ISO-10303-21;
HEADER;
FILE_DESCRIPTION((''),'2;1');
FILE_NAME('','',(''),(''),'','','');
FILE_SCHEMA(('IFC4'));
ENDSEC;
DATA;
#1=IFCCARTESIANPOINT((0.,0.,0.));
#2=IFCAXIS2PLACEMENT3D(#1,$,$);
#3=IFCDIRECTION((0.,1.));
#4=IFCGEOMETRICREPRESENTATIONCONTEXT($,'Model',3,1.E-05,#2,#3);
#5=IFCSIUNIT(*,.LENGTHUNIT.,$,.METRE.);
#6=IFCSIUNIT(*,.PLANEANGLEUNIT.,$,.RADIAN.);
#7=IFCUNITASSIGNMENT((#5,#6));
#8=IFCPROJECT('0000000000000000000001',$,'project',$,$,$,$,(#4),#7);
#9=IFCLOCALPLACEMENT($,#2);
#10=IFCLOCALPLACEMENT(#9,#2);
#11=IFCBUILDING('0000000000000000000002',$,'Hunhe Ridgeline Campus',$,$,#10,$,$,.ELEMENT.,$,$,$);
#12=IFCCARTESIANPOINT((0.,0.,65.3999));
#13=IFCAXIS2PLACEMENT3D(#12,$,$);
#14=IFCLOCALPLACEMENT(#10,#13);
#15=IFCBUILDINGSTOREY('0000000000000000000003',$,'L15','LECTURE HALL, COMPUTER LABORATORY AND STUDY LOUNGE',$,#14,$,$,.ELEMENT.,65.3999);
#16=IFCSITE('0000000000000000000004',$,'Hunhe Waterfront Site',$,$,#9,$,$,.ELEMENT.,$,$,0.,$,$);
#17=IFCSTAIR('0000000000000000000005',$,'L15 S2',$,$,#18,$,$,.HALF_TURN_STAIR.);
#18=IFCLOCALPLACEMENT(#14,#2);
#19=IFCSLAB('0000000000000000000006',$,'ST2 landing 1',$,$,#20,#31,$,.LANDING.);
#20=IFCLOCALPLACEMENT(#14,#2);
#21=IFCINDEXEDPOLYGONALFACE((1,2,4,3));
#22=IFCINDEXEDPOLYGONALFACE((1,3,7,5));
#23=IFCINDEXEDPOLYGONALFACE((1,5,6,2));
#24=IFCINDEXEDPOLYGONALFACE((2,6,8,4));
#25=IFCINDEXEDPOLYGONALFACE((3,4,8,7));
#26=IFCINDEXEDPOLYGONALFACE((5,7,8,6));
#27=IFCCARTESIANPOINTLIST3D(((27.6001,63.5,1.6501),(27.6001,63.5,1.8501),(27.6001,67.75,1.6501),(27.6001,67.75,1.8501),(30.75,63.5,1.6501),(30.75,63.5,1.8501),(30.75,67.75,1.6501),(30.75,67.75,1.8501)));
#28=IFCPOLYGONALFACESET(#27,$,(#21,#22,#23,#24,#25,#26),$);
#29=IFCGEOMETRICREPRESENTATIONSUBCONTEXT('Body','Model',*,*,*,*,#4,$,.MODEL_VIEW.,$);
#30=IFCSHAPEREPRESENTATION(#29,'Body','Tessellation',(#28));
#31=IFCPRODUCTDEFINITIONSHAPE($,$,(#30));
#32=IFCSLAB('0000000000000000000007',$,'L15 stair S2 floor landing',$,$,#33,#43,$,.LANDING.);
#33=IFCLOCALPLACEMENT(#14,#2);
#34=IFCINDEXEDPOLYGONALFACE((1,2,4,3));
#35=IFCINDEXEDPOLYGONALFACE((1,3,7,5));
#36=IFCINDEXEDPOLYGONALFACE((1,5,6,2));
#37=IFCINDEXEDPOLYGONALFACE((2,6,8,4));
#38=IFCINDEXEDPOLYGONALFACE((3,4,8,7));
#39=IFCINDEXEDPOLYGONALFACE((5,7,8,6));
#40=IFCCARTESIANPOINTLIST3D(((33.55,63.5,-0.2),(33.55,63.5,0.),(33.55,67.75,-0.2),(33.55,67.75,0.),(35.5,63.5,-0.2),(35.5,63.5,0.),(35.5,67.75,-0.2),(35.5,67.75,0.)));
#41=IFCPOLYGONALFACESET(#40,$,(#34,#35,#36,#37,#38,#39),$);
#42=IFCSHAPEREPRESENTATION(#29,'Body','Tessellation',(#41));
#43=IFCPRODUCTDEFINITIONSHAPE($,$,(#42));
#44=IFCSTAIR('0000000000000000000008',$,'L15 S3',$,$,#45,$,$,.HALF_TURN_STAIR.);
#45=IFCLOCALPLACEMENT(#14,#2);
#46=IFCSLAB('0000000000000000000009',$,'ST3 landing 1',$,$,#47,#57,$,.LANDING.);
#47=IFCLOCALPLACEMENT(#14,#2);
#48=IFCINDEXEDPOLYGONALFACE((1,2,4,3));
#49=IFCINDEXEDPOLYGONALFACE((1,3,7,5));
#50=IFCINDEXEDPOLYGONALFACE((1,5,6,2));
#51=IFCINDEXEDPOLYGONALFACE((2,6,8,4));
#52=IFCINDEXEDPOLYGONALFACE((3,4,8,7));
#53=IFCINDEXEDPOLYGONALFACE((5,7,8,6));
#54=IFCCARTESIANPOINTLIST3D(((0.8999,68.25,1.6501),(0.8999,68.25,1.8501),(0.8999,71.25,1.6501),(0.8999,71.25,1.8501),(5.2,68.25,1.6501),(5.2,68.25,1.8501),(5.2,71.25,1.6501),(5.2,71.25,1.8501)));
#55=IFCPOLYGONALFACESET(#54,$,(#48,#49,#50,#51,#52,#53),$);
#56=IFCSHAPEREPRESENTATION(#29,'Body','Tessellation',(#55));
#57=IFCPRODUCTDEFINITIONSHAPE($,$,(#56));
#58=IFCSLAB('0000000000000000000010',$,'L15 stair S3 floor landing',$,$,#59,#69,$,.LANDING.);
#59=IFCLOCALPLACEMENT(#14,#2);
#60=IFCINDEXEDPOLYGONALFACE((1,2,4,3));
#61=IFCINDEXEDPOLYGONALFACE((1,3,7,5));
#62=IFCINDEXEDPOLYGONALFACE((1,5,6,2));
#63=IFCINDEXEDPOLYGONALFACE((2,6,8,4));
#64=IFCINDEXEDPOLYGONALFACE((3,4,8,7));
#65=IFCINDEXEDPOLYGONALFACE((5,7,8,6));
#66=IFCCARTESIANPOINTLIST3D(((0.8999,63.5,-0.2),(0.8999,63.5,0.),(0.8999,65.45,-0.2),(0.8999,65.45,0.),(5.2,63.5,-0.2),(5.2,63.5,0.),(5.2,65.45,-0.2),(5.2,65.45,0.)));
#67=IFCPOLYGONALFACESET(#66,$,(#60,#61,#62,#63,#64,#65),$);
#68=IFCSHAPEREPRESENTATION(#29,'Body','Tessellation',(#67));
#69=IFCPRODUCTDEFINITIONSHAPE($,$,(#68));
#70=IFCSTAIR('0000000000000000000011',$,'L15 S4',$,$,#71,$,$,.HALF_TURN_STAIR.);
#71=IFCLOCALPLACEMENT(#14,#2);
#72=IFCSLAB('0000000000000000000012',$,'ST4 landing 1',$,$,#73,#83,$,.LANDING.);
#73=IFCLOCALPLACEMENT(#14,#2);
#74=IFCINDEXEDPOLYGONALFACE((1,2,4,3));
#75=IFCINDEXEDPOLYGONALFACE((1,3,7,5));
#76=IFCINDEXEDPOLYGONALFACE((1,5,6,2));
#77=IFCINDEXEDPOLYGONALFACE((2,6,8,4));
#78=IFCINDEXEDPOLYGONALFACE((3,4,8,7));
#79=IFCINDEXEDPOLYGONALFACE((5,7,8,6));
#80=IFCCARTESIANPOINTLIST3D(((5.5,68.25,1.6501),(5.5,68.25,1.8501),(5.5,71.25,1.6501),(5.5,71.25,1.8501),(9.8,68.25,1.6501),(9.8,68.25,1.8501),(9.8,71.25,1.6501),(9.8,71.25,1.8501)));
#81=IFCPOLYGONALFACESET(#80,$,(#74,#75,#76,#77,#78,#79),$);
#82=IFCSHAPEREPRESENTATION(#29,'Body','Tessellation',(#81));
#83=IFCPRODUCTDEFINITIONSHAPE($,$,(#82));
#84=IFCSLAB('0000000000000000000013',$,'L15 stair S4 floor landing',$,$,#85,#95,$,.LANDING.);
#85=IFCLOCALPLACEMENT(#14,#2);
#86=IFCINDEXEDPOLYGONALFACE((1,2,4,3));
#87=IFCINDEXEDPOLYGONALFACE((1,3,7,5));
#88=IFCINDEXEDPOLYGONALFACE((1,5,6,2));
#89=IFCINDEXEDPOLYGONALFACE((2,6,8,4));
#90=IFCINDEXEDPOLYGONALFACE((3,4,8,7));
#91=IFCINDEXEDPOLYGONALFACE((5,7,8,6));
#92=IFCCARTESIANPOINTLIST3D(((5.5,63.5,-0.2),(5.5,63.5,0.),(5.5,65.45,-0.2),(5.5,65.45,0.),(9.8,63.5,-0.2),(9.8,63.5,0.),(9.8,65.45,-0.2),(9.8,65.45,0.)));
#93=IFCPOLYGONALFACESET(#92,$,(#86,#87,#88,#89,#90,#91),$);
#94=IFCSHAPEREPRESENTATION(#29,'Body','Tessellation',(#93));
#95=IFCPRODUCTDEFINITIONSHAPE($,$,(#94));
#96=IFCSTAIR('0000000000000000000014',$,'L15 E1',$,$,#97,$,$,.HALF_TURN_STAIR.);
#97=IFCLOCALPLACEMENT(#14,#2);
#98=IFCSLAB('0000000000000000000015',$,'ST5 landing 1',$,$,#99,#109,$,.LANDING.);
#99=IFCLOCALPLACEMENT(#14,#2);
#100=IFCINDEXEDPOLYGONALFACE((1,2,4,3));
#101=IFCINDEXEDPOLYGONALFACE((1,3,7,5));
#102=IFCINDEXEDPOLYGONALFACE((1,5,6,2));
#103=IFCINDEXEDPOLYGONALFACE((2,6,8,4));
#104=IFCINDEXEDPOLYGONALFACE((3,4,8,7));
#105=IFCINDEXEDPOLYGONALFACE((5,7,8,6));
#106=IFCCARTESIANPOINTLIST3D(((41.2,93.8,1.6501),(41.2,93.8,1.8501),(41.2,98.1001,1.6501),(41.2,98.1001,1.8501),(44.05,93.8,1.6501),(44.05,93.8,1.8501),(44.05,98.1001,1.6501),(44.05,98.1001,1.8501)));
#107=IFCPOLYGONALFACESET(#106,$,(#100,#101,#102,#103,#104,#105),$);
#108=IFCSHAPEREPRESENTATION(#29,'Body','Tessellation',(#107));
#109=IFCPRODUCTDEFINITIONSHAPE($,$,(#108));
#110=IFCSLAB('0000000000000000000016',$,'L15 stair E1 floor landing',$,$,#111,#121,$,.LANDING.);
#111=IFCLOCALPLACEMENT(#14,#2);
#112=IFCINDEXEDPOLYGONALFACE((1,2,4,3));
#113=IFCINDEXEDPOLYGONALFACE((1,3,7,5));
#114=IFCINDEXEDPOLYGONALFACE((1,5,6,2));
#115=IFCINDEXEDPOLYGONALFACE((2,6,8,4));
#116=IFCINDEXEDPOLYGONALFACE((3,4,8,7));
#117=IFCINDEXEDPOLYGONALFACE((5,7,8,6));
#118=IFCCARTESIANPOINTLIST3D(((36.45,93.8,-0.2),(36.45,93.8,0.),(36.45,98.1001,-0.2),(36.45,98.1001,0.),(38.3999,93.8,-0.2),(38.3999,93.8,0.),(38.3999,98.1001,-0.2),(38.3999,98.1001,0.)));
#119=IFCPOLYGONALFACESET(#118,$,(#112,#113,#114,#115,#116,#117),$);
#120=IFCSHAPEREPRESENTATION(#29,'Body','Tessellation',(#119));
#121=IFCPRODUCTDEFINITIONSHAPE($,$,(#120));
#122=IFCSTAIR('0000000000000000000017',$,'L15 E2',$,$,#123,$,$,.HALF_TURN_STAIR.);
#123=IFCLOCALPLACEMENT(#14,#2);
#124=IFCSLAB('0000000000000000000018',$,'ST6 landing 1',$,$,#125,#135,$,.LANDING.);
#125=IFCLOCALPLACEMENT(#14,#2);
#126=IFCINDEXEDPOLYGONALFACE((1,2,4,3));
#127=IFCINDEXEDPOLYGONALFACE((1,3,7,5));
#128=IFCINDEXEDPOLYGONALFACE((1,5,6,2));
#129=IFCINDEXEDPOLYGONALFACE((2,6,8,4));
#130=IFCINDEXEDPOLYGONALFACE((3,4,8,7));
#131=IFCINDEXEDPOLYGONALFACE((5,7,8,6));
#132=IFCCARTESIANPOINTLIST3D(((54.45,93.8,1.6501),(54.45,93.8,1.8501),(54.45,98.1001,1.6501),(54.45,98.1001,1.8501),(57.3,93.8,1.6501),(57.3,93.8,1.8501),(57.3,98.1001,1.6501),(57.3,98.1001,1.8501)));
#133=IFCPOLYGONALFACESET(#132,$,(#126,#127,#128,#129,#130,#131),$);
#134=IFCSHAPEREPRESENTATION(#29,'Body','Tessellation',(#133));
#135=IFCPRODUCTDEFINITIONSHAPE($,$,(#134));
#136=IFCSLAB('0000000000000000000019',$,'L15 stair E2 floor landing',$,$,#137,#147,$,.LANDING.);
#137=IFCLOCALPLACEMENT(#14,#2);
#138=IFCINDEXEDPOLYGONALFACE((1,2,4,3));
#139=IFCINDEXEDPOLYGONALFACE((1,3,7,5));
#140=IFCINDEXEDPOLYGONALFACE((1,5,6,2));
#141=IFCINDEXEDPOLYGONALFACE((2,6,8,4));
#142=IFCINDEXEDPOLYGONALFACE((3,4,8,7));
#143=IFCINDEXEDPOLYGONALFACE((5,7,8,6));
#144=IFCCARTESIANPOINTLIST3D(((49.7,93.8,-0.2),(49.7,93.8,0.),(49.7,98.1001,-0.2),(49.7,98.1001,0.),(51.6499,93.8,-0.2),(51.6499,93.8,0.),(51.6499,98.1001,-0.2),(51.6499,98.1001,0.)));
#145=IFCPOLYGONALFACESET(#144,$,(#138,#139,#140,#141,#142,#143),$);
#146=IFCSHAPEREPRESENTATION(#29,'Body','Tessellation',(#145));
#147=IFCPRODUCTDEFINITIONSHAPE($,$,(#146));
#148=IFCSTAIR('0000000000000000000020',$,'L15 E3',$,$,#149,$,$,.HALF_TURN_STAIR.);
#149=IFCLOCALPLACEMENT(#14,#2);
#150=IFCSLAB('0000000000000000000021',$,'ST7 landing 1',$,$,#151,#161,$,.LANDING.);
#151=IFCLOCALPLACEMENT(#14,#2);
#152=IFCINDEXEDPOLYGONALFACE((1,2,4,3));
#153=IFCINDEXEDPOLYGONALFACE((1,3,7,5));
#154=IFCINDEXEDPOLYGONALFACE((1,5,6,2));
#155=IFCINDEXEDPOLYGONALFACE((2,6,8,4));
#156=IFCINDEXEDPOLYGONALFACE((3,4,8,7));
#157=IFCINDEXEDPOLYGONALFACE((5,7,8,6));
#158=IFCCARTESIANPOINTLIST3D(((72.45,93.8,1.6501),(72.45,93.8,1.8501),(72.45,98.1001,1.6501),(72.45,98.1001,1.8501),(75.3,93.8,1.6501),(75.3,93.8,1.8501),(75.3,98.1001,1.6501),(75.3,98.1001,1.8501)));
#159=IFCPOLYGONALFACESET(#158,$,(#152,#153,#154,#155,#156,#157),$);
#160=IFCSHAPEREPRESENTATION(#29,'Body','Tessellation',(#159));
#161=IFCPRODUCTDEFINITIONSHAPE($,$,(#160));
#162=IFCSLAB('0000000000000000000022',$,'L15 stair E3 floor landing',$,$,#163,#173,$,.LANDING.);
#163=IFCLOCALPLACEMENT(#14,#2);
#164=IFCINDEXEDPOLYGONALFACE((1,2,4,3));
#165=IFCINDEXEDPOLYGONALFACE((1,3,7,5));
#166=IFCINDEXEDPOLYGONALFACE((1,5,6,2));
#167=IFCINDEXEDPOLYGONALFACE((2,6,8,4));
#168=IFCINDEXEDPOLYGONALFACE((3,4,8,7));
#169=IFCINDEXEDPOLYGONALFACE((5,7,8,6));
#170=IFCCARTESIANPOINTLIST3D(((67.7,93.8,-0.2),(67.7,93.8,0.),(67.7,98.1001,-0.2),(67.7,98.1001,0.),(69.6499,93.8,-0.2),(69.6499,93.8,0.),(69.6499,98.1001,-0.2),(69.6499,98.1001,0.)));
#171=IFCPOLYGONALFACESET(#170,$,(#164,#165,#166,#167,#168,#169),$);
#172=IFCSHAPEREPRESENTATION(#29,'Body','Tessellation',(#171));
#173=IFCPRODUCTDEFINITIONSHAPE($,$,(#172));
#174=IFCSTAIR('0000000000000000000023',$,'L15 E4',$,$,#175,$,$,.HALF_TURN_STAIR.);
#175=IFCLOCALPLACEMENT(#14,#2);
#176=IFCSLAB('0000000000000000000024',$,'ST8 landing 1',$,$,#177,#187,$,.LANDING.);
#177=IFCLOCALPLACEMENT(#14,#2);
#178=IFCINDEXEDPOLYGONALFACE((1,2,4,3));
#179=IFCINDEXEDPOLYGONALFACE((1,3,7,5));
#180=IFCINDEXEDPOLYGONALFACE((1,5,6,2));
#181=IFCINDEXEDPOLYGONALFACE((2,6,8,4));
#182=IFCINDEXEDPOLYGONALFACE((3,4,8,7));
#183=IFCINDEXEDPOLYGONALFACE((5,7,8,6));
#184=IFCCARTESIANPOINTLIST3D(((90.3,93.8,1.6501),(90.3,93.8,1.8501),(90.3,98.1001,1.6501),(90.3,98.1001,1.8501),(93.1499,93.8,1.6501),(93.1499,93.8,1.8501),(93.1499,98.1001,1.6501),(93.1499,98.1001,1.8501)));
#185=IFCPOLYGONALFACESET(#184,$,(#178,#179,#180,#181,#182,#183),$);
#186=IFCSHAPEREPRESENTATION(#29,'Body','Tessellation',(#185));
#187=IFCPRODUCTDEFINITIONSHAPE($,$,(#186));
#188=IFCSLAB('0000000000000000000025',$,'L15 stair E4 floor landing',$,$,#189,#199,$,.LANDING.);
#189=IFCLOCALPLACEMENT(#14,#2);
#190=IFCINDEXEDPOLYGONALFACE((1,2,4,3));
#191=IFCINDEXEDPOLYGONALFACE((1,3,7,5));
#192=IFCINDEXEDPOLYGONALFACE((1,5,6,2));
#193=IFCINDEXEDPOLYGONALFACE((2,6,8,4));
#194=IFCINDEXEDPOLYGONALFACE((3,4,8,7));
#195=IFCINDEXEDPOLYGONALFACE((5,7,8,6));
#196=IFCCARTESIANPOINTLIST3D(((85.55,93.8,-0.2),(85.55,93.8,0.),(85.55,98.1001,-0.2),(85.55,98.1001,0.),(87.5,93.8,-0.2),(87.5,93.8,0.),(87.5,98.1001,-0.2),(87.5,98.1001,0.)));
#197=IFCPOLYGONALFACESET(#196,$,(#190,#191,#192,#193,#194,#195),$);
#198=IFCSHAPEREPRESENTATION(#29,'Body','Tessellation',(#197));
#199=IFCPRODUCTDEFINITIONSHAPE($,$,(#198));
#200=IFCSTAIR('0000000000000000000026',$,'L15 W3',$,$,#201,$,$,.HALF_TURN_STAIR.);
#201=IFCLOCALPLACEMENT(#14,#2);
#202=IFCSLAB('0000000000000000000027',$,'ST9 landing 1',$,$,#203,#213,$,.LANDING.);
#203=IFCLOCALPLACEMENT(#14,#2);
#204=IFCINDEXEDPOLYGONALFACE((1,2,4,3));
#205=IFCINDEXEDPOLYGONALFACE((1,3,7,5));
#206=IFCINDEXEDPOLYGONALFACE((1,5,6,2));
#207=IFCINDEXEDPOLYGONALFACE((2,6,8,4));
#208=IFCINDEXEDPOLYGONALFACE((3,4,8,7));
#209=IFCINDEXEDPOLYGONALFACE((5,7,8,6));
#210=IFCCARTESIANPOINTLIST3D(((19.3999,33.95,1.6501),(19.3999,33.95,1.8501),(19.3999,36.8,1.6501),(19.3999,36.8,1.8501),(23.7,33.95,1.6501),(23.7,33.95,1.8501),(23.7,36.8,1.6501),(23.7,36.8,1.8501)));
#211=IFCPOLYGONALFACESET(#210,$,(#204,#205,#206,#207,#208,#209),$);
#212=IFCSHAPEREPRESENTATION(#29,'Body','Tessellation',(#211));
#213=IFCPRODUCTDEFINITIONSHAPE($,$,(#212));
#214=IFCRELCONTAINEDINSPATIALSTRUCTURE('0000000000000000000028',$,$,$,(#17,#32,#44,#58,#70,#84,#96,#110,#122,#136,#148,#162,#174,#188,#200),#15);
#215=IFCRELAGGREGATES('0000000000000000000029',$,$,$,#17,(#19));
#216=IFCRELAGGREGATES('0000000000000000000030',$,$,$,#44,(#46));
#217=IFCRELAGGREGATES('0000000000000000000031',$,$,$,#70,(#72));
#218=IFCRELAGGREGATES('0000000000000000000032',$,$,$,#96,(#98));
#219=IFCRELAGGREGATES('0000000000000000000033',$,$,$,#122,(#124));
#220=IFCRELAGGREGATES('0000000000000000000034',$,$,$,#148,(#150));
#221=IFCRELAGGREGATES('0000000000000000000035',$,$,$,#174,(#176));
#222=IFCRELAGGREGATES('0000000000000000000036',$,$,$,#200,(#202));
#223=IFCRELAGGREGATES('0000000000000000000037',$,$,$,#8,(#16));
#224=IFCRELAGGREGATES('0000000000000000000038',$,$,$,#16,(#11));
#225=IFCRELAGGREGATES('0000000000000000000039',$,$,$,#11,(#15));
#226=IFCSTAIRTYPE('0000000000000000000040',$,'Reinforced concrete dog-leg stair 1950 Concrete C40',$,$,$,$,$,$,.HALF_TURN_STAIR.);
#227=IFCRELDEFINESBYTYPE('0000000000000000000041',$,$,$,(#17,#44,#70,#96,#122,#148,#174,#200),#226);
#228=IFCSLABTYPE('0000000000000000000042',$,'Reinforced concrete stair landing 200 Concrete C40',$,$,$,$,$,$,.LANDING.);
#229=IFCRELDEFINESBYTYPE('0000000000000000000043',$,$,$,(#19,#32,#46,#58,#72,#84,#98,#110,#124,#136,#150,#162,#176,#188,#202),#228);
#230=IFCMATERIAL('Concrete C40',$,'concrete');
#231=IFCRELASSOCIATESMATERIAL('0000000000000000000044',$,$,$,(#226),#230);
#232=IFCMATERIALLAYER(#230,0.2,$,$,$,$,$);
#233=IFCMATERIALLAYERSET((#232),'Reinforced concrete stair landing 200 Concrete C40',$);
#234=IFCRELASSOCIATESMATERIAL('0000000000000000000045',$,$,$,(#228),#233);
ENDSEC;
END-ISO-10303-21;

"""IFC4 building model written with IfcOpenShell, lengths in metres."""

from ifc_helpers import new_model, si_unit, direction, frame, origin, place, context, subcontext, project, spatial, polyline, outline, extrude, material, layer, layer_set, type_object, element, aggregate, save


model = new_model("IFC4")

# Units and contexts
model_context = context("Model", 3, precision=1e-05, world=origin(), true_north=direction((0.0, 1.0)))
body_context = subcontext(model_context, "Body", "Model", "MODEL_VIEW")
ifc_project = project(units=[si_unit("LENGTHUNIT", "METRE"), si_unit("PLANEANGLEUNIT", "RADIAN")], contexts=[model_context])

# Site, building, storey
site_placement = place(None, origin())
site = spatial("IfcSite", under=ifc_project, at=site_placement, Name="Hunhe Waterfront Site", CompositionType="ELEMENT", RefElevation=0.0)
building_placement = place(site_placement, origin())
building = spatial("IfcBuilding", under=site, at=building_placement, Name="Hunhe Ridgeline Campus", CompositionType="ELEMENT")
storey_placement = place(building_placement, frame((0.0, 0.0, 65.3999)))
storey = spatial("IfcBuildingStorey", under=building, at=storey_placement, Name="L15", Description="LECTURE HALL, COMPUTER LABORATORY AND STUDY LOUNGE", CompositionType="ELEMENT", Elevation=65.3999)

# Shared definitions
ifc_material_1 = material(Name="Concrete C40", Category="concrete")

# Shared definitions
stair_type = type_object("IfcStairType", Name="Reinforced concrete dog-leg stair 1950 Concrete C40", PredefinedType="HALF_TURN_STAIR", material=ifc_material_1)
ifc_layer_1 = layer(ifc_material_1, 0.2)
ifc_layer_set_1 = layer_set([ifc_layer_1], Name="Reinforced concrete stair landing 200 Concrete C40")
slab_type_1 = type_object("IfcSlabType", Name="Reinforced concrete stair landing 200 Concrete C40", PredefinedType="LANDING", material=ifc_layer_set_1)

# Stair, slab
stair_1_placement = place(storey_placement, origin())
stair_1 = element("IfcStair", 1, at=stair_1_placement, inside=storey, type_object=stair_type, Name="L15 S2", PredefinedType="HALF_TURN_STAIR")
slab_1_placement = place(storey_placement, frame((0.0, 0.0, 1.6501)))
slab_1 = element("IfcSlab", 2, at=slab_1_placement, type_object=slab_type_1, Name="ST2 landing 1", PredefinedType="LANDING", context=body_context, shape_type="SweptSolid", body=[
    extrude(outline(polyline([(30.75, 67.75), (27.6001, 67.75), (27.6001, 63.5), (30.75, 63.5), (30.75, 67.75)])), origin(), (0.0, 0.0, 1.0), 0.2),
])
aggregate(stair_1, [slab_1])

# Slab
slab_2_placement = place(storey_placement, frame((0.0, 0.0, -0.2)))
element("IfcSlab", 3, at=slab_2_placement, inside=storey, type_object=slab_type_1, Name="L15 stair S2 floor landing", PredefinedType="LANDING", context=body_context, shape_type="SweptSolid", body=[
    extrude(outline(polyline([(35.5, 67.75), (33.55, 67.75), (33.55, 63.5), (35.5, 63.5), (35.5, 67.75)])), origin(), (0.0, 0.0, 1.0), 0.2),
])

# Stair, slab
stair_2_placement = place(storey_placement, origin())
stair_2 = element("IfcStair", 4, at=stair_2_placement, inside=storey, type_object=stair_type, Name="L15 S3", PredefinedType="HALF_TURN_STAIR")
slab_3_placement = place(storey_placement, frame((0.0, 0.0, 1.6501)))
slab_3 = element("IfcSlab", 5, at=slab_3_placement, type_object=slab_type_1, Name="ST3 landing 1", PredefinedType="LANDING", context=body_context, shape_type="SweptSolid", body=[
    extrude(outline(polyline([(5.2, 68.25), (5.2, 71.25), (0.8999, 71.25), (0.8999, 68.25), (5.2, 68.25)])), origin(), (0.0, 0.0, 1.0), 0.2),
])
aggregate(stair_2, [slab_3])

# Slab
slab_4_placement = place(storey_placement, frame((0.0, 0.0, -0.2)))
element("IfcSlab", 6, at=slab_4_placement, inside=storey, type_object=slab_type_1, Name="L15 stair S3 floor landing", PredefinedType="LANDING", context=body_context, shape_type="SweptSolid", body=[
    extrude(outline(polyline([(5.2, 63.5), (5.2, 65.45), (0.8999, 65.45), (0.8999, 63.5), (5.2, 63.5)])), origin(), (0.0, 0.0, 1.0), 0.2),
])

# Stair, slab
stair_3_placement = place(storey_placement, origin())
stair_3 = element("IfcStair", 7, at=stair_3_placement, inside=storey, type_object=stair_type, Name="L15 S4", PredefinedType="HALF_TURN_STAIR")
slab_5_placement = place(storey_placement, frame((0.0, 0.0, 1.6501)))
slab_5 = element("IfcSlab", 8, at=slab_5_placement, type_object=slab_type_1, Name="ST4 landing 1", PredefinedType="LANDING", context=body_context, shape_type="SweptSolid", body=[
    extrude(outline(polyline([(9.8, 68.25), (9.8, 71.25), (5.5, 71.25), (5.5, 68.25), (9.8, 68.25)])), origin(), (0.0, 0.0, 1.0), 0.2),
])
aggregate(stair_3, [slab_5])

# Slab
slab_6_placement = place(storey_placement, frame((0.0, 0.0, -0.2)))
element("IfcSlab", 9, at=slab_6_placement, inside=storey, type_object=slab_type_1, Name="L15 stair S4 floor landing", PredefinedType="LANDING", context=body_context, shape_type="SweptSolid", body=[
    extrude(outline(polyline([(9.8, 63.5), (9.8, 65.45), (5.5, 65.45), (5.5, 63.5), (9.8, 63.5)])), origin(), (0.0, 0.0, 1.0), 0.2),
])

# Stair, slab
stair_4_placement = place(storey_placement, origin())
stair_4 = element("IfcStair", 10, at=stair_4_placement, inside=storey, type_object=stair_type, Name="L15 E1", PredefinedType="HALF_TURN_STAIR")
slab_7_placement = place(storey_placement, frame((0.0, 0.0, 1.6501)))
slab_7 = element("IfcSlab", 11, at=slab_7_placement, type_object=slab_type_1, Name="ST5 landing 1", PredefinedType="LANDING", context=body_context, shape_type="SweptSolid", body=[
    extrude(outline(polyline([(41.2, 93.8), (44.05, 93.8), (44.05, 98.1001), (41.2, 98.1001), (41.2, 93.8)])), origin(), (0.0, 0.0, 1.0), 0.2),
])
aggregate(stair_4, [slab_7])

# Slab
slab_8_placement = place(storey_placement, frame((0.0, 0.0, -0.2)))
element("IfcSlab", 12, at=slab_8_placement, inside=storey, type_object=slab_type_1, Name="L15 stair E1 floor landing", PredefinedType="LANDING", context=body_context, shape_type="SweptSolid", body=[
    extrude(outline(polyline([(36.45, 93.8), (38.3999, 93.8), (38.3999, 98.1001), (36.45, 98.1001), (36.45, 93.8)])), origin(), (0.0, 0.0, 1.0), 0.2),
])

# Stair, slab
stair_5_placement = place(storey_placement, origin())
stair_5 = element("IfcStair", 13, at=stair_5_placement, inside=storey, type_object=stair_type, Name="L15 E2", PredefinedType="HALF_TURN_STAIR")
slab_9_placement = place(storey_placement, frame((0.0, 0.0, 1.6501)))
slab_9 = element("IfcSlab", 14, at=slab_9_placement, type_object=slab_type_1, Name="ST6 landing 1", PredefinedType="LANDING", context=body_context, shape_type="SweptSolid", body=[
    extrude(outline(polyline([(54.45, 93.8), (57.3, 93.8), (57.3, 98.1001), (54.45, 98.1001), (54.45, 93.8)])), origin(), (0.0, 0.0, 1.0), 0.2),
])
aggregate(stair_5, [slab_9])

# Slab
slab_10_placement = place(storey_placement, frame((0.0, 0.0, -0.2)))
element("IfcSlab", 15, at=slab_10_placement, inside=storey, type_object=slab_type_1, Name="L15 stair E2 floor landing", PredefinedType="LANDING", context=body_context, shape_type="SweptSolid", body=[
    extrude(outline(polyline([(49.7, 93.8), (51.6499, 93.8), (51.6499, 98.1001), (49.7, 98.1001), (49.7, 93.8)])), origin(), (0.0, 0.0, 1.0), 0.2),
])

# Stair, slab
stair_6_placement = place(storey_placement, origin())
stair_6 = element("IfcStair", 16, at=stair_6_placement, inside=storey, type_object=stair_type, Name="L15 E3", PredefinedType="HALF_TURN_STAIR")
slab_11_placement = place(storey_placement, frame((0.0, 0.0, 1.6501)))
slab_11 = element("IfcSlab", 17, at=slab_11_placement, type_object=slab_type_1, Name="ST7 landing 1", PredefinedType="LANDING", context=body_context, shape_type="SweptSolid", body=[
    extrude(outline(polyline([(72.45, 93.8), (75.3, 93.8), (75.3, 98.1001), (72.45, 98.1001), (72.45, 93.8)])), origin(), (0.0, 0.0, 1.0), 0.2),
])
aggregate(stair_6, [slab_11])

# Slab
slab_12_placement = place(storey_placement, frame((0.0, 0.0, -0.2)))
element("IfcSlab", 18, at=slab_12_placement, inside=storey, type_object=slab_type_1, Name="L15 stair E3 floor landing", PredefinedType="LANDING", context=body_context, shape_type="SweptSolid", body=[
    extrude(outline(polyline([(67.7, 93.8), (69.6499, 93.8), (69.6499, 98.1001), (67.7, 98.1001), (67.7, 93.8)])), origin(), (0.0, 0.0, 1.0), 0.2),
])

# Stair, slab
stair_7_placement = place(storey_placement, origin())
stair_7 = element("IfcStair", 19, at=stair_7_placement, inside=storey, type_object=stair_type, Name="L15 E4", PredefinedType="HALF_TURN_STAIR")
slab_13_placement = place(storey_placement, frame((0.0, 0.0, 1.6501)))
slab_13 = element("IfcSlab", 20, at=slab_13_placement, type_object=slab_type_1, Name="ST8 landing 1", PredefinedType="LANDING", context=body_context, shape_type="SweptSolid", body=[
    extrude(outline(polyline([(90.3, 93.8), (93.1499, 93.8), (93.1499, 98.1001), (90.3, 98.1001), (90.3, 93.8)])), origin(), (0.0, 0.0, 1.0), 0.2),
])
aggregate(stair_7, [slab_13])

# Slab
slab_14_placement = place(storey_placement, frame((0.0, 0.0, -0.2)))
element("IfcSlab", 21, at=slab_14_placement, inside=storey, type_object=slab_type_1, Name="L15 stair E4 floor landing", PredefinedType="LANDING", context=body_context, shape_type="SweptSolid", body=[
    extrude(outline(polyline([(85.55, 93.8), (87.5, 93.8), (87.5, 98.1001), (85.55, 98.1001), (85.55, 93.8)])), origin(), (0.0, 0.0, 1.0), 0.2),
])

# Stair, slab
stair_8_placement = place(storey_placement, origin())
stair_8 = element("IfcStair", 22, at=stair_8_placement, inside=storey, type_object=stair_type, Name="L15 W3", PredefinedType="HALF_TURN_STAIR")
slab_15_placement = place(storey_placement, frame((0.0, 0.0, 1.6501)))
slab_15 = element("IfcSlab", 23, at=slab_15_placement, type_object=slab_type_1, Name="ST9 landing 1", PredefinedType="LANDING", context=body_context, shape_type="SweptSolid", body=[
    extrude(outline(polyline([(23.7, 33.95), (23.7, 36.8), (19.3999, 36.8), (19.3999, 33.95), (23.7, 33.95)])), origin(), (0.0, 0.0, 1.0), 0.2),
])
aggregate(stair_8, [slab_15])

save(model, "model.ifc")
